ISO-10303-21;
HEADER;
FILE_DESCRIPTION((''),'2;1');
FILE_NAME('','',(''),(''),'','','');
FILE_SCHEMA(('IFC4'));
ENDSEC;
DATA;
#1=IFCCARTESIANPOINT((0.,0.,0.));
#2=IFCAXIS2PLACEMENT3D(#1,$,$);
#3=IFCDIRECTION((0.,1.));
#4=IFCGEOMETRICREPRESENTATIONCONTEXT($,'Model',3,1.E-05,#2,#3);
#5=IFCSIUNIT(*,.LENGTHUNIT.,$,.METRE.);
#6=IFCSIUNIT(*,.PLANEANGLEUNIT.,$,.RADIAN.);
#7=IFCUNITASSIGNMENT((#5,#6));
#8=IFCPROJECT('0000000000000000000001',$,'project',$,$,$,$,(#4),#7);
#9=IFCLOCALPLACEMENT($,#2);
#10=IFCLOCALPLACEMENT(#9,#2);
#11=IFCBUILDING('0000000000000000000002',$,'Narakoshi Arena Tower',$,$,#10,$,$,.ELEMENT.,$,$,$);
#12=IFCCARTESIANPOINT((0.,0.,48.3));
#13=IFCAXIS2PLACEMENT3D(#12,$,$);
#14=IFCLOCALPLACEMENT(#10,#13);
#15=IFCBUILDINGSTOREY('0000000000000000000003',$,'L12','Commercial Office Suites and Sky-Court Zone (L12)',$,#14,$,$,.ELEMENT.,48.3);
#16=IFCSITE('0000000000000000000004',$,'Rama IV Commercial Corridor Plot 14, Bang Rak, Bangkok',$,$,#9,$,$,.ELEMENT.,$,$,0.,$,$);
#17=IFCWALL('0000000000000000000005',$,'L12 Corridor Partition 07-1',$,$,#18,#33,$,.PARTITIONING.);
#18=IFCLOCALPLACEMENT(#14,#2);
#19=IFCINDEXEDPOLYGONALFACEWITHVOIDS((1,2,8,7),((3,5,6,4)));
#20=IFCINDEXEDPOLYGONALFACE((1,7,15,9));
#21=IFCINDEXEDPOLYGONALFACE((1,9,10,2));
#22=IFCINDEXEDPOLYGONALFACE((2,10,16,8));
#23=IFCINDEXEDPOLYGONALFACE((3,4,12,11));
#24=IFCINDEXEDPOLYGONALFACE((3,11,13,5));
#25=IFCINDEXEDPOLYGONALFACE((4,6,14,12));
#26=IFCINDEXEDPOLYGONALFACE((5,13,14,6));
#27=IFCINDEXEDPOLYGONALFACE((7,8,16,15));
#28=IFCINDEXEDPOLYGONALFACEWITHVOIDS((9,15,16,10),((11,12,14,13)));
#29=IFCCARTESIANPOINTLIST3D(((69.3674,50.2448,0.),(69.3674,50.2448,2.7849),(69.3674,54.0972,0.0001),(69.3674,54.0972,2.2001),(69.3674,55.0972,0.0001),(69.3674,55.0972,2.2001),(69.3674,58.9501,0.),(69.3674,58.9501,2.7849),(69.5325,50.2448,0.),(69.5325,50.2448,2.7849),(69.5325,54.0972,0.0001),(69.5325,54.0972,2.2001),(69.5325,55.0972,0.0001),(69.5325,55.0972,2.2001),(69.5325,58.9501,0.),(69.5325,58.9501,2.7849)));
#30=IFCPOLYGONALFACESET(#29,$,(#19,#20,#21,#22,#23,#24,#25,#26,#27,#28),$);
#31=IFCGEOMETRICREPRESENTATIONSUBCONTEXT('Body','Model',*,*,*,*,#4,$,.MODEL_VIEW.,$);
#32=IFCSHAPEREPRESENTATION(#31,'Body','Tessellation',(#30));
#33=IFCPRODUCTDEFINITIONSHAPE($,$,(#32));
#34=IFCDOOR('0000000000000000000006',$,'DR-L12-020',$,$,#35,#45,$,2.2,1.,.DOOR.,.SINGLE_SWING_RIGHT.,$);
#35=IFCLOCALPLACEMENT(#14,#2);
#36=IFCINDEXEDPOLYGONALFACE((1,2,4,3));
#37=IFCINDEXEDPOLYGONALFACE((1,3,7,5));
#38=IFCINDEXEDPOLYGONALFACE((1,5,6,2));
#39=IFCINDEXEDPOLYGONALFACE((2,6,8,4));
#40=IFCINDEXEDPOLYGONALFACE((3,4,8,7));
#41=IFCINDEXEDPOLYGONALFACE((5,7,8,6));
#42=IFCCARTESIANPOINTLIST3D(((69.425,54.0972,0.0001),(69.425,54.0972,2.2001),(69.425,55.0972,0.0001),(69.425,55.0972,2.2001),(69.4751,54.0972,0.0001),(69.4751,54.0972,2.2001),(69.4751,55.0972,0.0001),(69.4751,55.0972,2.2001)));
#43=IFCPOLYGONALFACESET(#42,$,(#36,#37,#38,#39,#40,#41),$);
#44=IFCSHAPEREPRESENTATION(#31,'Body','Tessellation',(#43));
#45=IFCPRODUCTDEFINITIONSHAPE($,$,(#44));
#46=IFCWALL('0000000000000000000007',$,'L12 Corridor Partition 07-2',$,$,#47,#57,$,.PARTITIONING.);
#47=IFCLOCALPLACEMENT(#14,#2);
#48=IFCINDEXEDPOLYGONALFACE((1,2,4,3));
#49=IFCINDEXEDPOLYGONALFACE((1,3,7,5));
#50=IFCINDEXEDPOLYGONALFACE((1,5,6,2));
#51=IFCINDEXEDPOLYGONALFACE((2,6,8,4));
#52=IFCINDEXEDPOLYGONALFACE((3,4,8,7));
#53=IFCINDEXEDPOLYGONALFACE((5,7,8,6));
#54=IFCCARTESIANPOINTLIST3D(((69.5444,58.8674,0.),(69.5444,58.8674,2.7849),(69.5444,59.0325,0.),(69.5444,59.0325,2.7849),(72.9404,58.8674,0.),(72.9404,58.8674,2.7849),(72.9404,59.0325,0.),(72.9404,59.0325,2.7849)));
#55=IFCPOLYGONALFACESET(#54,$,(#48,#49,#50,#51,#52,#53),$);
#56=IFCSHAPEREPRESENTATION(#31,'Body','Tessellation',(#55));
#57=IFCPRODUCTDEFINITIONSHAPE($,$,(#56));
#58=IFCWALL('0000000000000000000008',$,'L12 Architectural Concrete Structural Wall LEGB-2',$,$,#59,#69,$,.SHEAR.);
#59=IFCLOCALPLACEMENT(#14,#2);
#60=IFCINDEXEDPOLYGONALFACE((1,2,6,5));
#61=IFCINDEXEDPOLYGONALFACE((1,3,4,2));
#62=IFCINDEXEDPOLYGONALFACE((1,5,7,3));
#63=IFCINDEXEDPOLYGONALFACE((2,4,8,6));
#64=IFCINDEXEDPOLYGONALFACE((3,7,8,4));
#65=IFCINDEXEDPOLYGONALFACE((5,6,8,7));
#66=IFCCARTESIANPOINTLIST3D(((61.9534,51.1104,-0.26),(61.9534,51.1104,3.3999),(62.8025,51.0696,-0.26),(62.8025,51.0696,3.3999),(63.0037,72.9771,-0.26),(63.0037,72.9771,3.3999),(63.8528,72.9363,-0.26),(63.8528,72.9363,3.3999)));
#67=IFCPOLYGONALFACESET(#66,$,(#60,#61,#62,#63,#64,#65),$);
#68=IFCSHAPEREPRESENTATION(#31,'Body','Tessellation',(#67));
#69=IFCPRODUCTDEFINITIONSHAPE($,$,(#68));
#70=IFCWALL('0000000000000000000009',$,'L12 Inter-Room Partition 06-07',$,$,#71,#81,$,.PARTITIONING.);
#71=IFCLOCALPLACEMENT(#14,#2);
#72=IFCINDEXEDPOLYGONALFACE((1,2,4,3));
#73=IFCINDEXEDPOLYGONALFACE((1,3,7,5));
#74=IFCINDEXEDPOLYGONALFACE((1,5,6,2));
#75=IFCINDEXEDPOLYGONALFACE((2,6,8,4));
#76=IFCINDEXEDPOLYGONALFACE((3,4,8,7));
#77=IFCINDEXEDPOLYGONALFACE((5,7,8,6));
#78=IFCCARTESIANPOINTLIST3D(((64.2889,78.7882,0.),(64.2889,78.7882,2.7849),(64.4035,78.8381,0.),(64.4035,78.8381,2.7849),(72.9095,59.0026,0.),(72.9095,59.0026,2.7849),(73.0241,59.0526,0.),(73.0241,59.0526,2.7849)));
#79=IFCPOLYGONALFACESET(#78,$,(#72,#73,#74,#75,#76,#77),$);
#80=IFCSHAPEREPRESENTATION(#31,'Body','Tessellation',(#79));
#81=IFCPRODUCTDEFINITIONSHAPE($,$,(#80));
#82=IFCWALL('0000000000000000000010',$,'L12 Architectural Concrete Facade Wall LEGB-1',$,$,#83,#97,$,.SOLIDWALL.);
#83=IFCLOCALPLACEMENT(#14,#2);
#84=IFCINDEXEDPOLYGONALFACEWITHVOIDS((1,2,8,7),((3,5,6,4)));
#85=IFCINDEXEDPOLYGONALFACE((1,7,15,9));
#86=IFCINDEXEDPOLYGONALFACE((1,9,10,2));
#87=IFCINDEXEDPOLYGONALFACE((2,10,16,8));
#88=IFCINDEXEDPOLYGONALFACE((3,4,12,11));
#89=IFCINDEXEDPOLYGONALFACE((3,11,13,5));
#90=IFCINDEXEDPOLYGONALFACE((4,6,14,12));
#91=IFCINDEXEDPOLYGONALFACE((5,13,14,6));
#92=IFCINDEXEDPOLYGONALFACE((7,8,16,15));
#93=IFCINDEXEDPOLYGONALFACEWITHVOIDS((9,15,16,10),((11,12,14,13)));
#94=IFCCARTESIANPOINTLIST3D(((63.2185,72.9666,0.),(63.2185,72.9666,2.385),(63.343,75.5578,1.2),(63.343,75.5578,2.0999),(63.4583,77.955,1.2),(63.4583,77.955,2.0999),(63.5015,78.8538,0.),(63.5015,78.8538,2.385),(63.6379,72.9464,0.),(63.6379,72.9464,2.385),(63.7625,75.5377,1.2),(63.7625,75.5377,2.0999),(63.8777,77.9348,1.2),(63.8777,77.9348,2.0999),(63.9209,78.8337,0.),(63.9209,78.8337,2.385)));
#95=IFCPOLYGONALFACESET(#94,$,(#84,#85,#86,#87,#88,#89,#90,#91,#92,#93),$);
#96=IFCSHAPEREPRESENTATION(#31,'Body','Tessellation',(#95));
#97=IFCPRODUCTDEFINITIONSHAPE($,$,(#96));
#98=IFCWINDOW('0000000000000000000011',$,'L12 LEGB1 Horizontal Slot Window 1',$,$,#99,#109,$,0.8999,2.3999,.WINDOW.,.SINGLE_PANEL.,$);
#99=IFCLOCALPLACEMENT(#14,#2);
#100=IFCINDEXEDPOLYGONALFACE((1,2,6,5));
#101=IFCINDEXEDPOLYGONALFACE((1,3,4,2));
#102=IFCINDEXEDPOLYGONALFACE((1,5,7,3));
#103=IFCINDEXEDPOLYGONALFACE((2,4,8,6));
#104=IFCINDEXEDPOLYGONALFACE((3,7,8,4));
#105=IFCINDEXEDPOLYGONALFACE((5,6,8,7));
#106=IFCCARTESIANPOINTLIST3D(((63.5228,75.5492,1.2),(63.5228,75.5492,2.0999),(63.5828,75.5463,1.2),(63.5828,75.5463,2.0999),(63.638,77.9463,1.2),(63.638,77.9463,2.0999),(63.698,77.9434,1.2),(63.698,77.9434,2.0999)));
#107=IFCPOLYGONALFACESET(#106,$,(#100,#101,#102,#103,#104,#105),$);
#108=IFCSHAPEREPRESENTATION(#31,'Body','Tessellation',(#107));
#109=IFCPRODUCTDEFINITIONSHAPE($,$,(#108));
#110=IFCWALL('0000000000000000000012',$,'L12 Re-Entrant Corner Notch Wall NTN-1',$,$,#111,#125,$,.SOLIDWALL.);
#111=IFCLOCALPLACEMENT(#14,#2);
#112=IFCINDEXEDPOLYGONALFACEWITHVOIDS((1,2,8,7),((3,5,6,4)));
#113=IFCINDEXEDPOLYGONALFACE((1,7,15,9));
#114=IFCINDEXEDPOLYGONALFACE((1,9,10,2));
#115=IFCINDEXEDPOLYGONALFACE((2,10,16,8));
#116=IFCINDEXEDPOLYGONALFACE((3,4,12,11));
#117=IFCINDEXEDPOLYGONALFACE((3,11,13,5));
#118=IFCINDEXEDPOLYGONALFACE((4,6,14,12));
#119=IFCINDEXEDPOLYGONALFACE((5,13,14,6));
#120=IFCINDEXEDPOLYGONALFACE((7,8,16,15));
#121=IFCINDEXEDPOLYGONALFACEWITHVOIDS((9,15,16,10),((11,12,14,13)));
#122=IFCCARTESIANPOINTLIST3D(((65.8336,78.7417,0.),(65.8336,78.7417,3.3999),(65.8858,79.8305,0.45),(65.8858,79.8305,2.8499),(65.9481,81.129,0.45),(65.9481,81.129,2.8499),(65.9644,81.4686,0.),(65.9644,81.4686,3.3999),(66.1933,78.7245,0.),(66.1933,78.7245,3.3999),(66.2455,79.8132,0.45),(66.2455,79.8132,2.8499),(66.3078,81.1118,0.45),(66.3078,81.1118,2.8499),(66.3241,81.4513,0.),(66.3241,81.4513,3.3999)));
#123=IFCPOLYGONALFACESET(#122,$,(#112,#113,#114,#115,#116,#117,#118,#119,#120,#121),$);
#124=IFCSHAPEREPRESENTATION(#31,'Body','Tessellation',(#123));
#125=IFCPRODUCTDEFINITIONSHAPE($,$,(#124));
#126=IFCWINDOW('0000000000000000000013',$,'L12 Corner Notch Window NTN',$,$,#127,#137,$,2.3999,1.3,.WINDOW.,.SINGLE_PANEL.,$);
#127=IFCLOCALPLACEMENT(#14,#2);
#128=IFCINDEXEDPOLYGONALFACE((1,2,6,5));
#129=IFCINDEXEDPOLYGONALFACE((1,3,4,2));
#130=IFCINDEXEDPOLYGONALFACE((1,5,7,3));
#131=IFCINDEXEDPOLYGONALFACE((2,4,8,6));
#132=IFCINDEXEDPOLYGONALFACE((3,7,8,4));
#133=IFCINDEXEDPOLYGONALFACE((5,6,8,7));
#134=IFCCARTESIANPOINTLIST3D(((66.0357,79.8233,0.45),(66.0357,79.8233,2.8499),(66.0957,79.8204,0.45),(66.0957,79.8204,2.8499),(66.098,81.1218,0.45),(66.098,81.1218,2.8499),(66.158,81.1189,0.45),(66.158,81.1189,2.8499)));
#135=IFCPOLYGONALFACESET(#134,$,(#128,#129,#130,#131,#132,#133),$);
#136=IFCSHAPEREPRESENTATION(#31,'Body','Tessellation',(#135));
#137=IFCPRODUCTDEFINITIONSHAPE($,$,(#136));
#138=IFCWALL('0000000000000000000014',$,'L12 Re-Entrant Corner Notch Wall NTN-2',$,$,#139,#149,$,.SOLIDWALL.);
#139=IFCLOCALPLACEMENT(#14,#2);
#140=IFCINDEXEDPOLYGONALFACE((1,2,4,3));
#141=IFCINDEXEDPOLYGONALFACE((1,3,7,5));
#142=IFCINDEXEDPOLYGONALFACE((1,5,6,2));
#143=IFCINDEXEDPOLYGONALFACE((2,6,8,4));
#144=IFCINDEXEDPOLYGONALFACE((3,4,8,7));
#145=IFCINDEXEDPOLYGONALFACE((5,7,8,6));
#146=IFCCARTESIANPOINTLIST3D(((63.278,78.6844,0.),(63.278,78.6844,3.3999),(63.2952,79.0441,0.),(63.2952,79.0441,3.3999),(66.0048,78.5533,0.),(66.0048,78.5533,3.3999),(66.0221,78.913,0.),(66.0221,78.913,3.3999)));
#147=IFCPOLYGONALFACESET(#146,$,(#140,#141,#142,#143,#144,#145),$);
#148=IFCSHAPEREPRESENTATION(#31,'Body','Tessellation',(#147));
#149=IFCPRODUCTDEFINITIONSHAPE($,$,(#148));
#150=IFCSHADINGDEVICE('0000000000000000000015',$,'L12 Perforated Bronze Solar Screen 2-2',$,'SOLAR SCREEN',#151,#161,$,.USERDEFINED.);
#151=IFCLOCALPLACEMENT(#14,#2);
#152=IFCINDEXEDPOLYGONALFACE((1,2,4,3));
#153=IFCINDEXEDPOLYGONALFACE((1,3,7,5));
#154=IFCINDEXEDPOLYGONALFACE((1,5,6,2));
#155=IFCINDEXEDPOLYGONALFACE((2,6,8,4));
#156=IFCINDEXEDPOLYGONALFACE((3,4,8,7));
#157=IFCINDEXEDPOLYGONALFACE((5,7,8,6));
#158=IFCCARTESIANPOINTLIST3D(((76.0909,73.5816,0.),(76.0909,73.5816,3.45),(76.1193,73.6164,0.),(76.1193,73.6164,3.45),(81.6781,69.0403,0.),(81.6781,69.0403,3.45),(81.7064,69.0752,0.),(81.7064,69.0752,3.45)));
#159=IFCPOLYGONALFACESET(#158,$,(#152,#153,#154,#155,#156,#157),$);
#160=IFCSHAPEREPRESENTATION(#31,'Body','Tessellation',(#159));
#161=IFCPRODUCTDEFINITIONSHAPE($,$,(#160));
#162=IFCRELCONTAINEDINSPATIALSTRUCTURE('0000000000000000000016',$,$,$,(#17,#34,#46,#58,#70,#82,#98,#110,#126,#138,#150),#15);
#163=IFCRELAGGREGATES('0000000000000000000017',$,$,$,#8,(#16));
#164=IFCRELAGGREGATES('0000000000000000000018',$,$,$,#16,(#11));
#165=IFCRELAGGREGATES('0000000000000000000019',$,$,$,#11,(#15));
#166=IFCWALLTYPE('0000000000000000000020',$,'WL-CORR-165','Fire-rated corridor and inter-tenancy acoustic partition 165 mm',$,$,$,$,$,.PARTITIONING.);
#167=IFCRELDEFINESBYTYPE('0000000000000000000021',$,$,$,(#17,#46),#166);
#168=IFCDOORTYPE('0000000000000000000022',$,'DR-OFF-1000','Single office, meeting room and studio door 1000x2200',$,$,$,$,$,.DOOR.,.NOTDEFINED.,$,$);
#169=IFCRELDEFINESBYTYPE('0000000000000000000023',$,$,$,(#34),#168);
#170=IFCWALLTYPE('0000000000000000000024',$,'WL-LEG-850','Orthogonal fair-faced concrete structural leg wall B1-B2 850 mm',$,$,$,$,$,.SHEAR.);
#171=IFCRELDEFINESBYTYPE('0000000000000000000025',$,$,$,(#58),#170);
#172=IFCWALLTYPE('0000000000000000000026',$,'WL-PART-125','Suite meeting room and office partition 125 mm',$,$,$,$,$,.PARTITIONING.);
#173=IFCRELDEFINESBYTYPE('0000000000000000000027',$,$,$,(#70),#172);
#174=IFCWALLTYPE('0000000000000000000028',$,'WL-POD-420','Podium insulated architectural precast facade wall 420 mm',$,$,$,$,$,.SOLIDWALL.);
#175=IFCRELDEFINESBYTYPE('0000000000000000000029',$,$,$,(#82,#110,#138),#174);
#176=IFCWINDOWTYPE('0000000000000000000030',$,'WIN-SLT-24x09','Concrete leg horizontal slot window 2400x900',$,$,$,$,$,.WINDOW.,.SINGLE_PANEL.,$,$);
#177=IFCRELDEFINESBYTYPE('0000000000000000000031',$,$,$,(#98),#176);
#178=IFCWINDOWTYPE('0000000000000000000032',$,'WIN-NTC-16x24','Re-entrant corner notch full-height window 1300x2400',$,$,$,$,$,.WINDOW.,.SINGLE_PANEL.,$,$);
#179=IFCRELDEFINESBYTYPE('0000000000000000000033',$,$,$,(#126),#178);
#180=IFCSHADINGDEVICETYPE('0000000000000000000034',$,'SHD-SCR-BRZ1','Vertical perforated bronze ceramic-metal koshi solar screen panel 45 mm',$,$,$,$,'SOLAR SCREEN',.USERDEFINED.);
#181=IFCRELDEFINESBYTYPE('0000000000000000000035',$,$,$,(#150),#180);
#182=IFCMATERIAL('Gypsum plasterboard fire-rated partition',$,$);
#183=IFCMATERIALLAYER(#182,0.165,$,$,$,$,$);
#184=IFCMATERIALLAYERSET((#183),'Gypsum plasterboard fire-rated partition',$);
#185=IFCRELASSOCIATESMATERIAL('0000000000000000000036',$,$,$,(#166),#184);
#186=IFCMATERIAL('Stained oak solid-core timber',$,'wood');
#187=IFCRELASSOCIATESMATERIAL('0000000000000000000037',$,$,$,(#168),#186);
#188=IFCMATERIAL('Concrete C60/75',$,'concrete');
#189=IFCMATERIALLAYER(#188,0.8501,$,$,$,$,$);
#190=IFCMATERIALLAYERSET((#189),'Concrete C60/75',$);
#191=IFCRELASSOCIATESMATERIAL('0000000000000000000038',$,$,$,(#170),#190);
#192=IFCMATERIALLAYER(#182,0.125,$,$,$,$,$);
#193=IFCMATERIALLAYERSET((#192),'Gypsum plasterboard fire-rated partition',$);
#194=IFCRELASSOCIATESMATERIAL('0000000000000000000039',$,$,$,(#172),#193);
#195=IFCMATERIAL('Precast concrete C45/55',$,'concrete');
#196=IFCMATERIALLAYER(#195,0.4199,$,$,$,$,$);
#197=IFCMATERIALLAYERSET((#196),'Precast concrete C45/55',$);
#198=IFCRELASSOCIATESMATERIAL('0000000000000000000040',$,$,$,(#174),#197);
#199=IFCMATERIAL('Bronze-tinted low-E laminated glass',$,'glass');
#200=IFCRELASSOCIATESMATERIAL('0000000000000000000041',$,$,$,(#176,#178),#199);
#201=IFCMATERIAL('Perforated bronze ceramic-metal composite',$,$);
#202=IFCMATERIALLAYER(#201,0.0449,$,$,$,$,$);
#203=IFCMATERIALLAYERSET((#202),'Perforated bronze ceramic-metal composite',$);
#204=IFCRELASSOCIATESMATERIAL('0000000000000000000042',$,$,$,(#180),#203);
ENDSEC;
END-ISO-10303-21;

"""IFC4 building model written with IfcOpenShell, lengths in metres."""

from ifc_helpers import new_model, si_unit, direction, frame, frame_2d, origin, origin_2d, place, context, subcontext, project, spatial, rectangle, extrude, material, layer, layer_set, type_object, element, fill, save


model = new_model("IFC4")

# Units and contexts
model_context = context("Model", 3, precision=1e-05, world=origin(), true_north=direction((0.0, 1.0)))
body_context = subcontext(model_context, "Body", "Model", "MODEL_VIEW")
ifc_project = project(units=[si_unit("LENGTHUNIT", "METRE"), si_unit("PLANEANGLEUNIT", "RADIAN")], contexts=[model_context])

# Site, building, storey
site_placement = place(None, origin())
site = spatial("IfcSite", under=ifc_project, at=site_placement, Name="Rama IV Commercial Corridor Plot 14, Bang Rak, Bangkok", CompositionType="ELEMENT", RefElevation=0.0)
building_placement = place(site_placement, origin())
building = spatial("IfcBuilding", under=site, at=building_placement, Name="Narakoshi Arena Tower", CompositionType="ELEMENT")
storey_placement = place(building_placement, frame((0.0, 0.0, 48.3)))
storey = spatial("IfcBuildingStorey", under=building, at=storey_placement, Name="L12", Description="Commercial Office Suites and Sky-Court Zone (L12)", CompositionType="ELEMENT", Elevation=48.3)

# Shared definitions
ifc_material_1 = material(Name="Concrete C60/75", Category="concrete")

# Shared definitions
ifc_material_2 = material(Name="Bronze-tinted low-E laminated glass", Category="glass")

# Wall, opening, door
ifc_material_3 = material(Name="Gypsum plasterboard fire-rated partition")
ifc_layer_1 = layer(ifc_material_3, 0.165)
ifc_layer_set_1 = layer_set([ifc_layer_1], Name="Gypsum plasterboard fire-rated partition")
wall_type_1 = type_object("IfcWallType", Name="WL-CORR-165", Description="Fire-rated corridor and inter-tenancy acoustic partition 165 mm", PredefinedType="PARTITIONING", material=ifc_layer_set_1)
wall_1_placement = place(storey_placement, frame((69.45, 58.95, 0.0), z_axis=(0.0, 0.0, 1.0), x_axis=(0.0, -1.0, 0.0)))
wall_1 = element("IfcWall", 1, at=wall_1_placement, inside=storey, type_object=wall_type_1, Name="L12 Corridor Partition 07-1", PredefinedType="PARTITIONING", context=body_context, shape_type="SweptSolid", body=[
    extrude(rectangle(XDim=8.7053, YDim=0.165, at=frame_2d((4.3525, 0.0))), origin(), (0.0, 0.0, 1.0), 2.7849),
])
opening_1_placement = place(wall_1_placement, frame((3.8528, 0.0, 0.0)))
opening_1 = element("IfcOpeningElement", 2, at=opening_1_placement, cuts=wall_1, PredefinedType="OPENING", context=body_context, shape_type="SweptSolid", body=[
    extrude(rectangle(XDim=1.0, YDim=2.2, at=frame_2d((0.5, 1.1001))), frame((0.0, 0.0925, 0.0), z_axis=(0.0, -1.0, 0.0), x_axis=(1.0, 0.0, 0.0)), (0.0, 0.0, 1.0), 0.1851),
])
ifc_material_4 = material(Name="Stained oak solid-core timber", Category="wood")
door_type = type_object("IfcDoorType", Name="DR-OFF-1000", Description="Single office, meeting room and studio door 1000x2200", OperationType="NOTDEFINED", PredefinedType="DOOR", material=ifc_material_4)
door_placement = place(opening_1_placement, frame((1.0, 0.0, 0.0), z_axis=(0.0, 0.0, 1.0), x_axis=(-1.0, 0.0, 0.0)))
door = element("IfcDoor", 3, at=door_placement, inside=storey, type_object=door_type, Name="DR-L12-020", OperationType="SINGLE_SWING_RIGHT", OverallHeight=2.2, OverallWidth=1.0, PredefinedType="DOOR", context=body_context, shape_type="SweptSolid", body=[
    extrude(rectangle(XDim=1.0, YDim=2.2, at=frame_2d((0.5, 1.1001))), frame((0.0, 0.0249, 0.0), z_axis=(0.0, -1.0, 0.0), x_axis=(1.0, 0.0, 0.0)), (0.0, 0.0, 1.0), 0.05),
])
fill(opening_1, door)

# Walls
wall_2_placement = place(storey_placement, frame((72.9404, 58.95, 0.0), z_axis=(0.0, 0.0, 1.0), x_axis=(-1.0, 0.0, 0.0)))
element("IfcWall", 4, at=wall_2_placement, inside=storey, type_object=wall_type_1, Name="L12 Corridor Partition 07-2", PredefinedType="PARTITIONING", context=body_context, shape_type="SweptSolid", body=[
    extrude(rectangle(XDim=3.396, YDim=0.165, at=frame_2d((1.698, 0.0))), origin(), (0.0, 0.0, 1.0), 2.7849),
])
ifc_layer_2 = layer(ifc_material_1, 0.8501)
ifc_layer_set_2 = layer_set([ifc_layer_2], Name="Concrete C60/75")
wall_type_2 = type_object("IfcWallType", Name="WL-LEG-850", Description="Orthogonal fair-faced concrete structural leg wall B1-B2 850 mm", PredefinedType="SHEAR", material=ifc_layer_set_2)
wall_3_placement = place(storey_placement, frame((63.4282, 72.9565, -0.26), z_axis=(0.0, 0.0, 1.0), x_axis=(-0.047976, -0.998848, 0.0)))
element("IfcWall", 5, at=wall_3_placement, inside=storey, type_object=wall_type_2, Name="L12 Architectural Concrete Structural Wall LEGB-2", PredefinedType="SHEAR", context=body_context, shape_type="SweptSolid", body=[
    extrude(rectangle(XDim=21.8918, YDim=0.8501, at=frame_2d((10.9458, 0.0))), origin(), (0.0, 0.0, 1.0), 3.6599),
])
ifc_layer_3 = layer(ifc_material_3, 0.125)
ifc_layer_set_3 = layer_set([ifc_layer_3], Name="Gypsum plasterboard fire-rated partition")
wall_type_3 = type_object("IfcWallType", Name="WL-PART-125", Description="Suite meeting room and office partition 125 mm", PredefinedType="PARTITIONING", material=ifc_layer_set_3)
wall_4_placement = place(storey_placement, frame((72.9668, 59.0276, 0.0), z_axis=(0.0, 0.0, 1.0), x_axis=(-0.399433, 0.916762, 0.0)))
element("IfcWall", 6, at=wall_4_placement, inside=storey, type_object=wall_type_3, Name="L12 Inter-Room Partition 06-07", PredefinedType="PARTITIONING", context=body_context, shape_type="SweptSolid", body=[
    extrude(rectangle(XDim=21.582, YDim=0.125, at=frame_2d((10.791, 0.0))), origin(), (0.0, 0.0, 1.0), 2.7849),
])

# Walls, openings, windows
ifc_material_5 = material(Name="Precast concrete C45/55", Category="concrete")
ifc_layer_4 = layer(ifc_material_5, 0.4199)
ifc_layer_set_4 = layer_set([ifc_layer_4], Name="Precast concrete C45/55")
wall_type_4 = type_object("IfcWallType", Name="WL-POD-420", Description="Podium insulated architectural precast facade wall 420 mm", PredefinedType="SOLIDWALL", material=ifc_layer_set_4)
wall_5_placement = place(storey_placement, frame((63.7112, 78.8438, 0.0), z_axis=(0.0, 0.0, 1.0), x_axis=(-0.048008, -0.998847, 0.0)))
wall_5 = element("IfcWall", 7, at=wall_5_placement, inside=storey, type_object=wall_type_4, Name="L12 Architectural Concrete Facade Wall LEGB-1", PredefinedType="SOLIDWALL", context=body_context, shape_type="SweptSolid", body=[
    extrude(rectangle(XDim=5.894, YDim=0.4199, at=frame_2d((2.947, 0.0))), origin(), (0.0, 0.0, 1.0), 2.385),
])
opening_2_placement = place(wall_5_placement, frame((0.8999, 0.0, 1.2)))
opening_2 = element("IfcOpeningElement", 8, at=opening_2_placement, cuts=wall_5, PredefinedType="OPENING", context=body_context, shape_type="SweptSolid", body=[
    extrude(rectangle(XDim=2.3999, YDim=0.8999, at=frame_2d((1.2, 0.45))), frame((0.0, 0.22, 0.0), z_axis=(0.0, -1.0, 0.0), x_axis=(1.0, 0.0, 0.0)), (0.0, 0.0, 1.0), 0.4399),
])
window_type_1 = type_object("IfcWindowType", Name="WIN-SLT-24x09", Description="Concrete leg horizontal slot window 2400x900", PartitioningType="SINGLE_PANEL", PredefinedType="WINDOW", material=ifc_material_2)
window_1_placement = place(opening_2_placement, origin())
window_1 = element("IfcWindow", 9, at=window_1_placement, inside=storey, type_object=window_type_1, Name="L12 LEGB1 Horizontal Slot Window 1", OverallHeight=0.8999, OverallWidth=2.3999, PartitioningType="SINGLE_PANEL", PredefinedType="WINDOW", context=body_context, shape_type="SweptSolid", body=[
    extrude(rectangle(XDim=2.3999, YDim=0.8999, at=frame_2d((1.2, 0.45))), frame((0.0, 0.03, 0.0), z_axis=(0.0, -1.0, 0.0), x_axis=(1.0, 0.0, 0.0)), (0.0, 0.0, 1.0), 0.0601),
])
fill(opening_2, window_1)
wall_6_placement = place(storey_placement, frame((66.1443, 81.46, 0.0), z_axis=(0.0, 0.0, 1.0), x_axis=(-0.047935, -0.99885, 0.0)))
wall_6 = element("IfcWall", 10, at=wall_6_placement, inside=storey, type_object=wall_type_4, Name="L12 Re-Entrant Corner Notch Wall NTN-1", PredefinedType="SOLIDWALL", context=body_context, shape_type="SweptSolid", body=[
    extrude(rectangle(XDim=2.73, YDim=0.3601, at=frame_2d((1.365, 0.0))), origin(), (0.0, 0.0, 1.0), 3.3999),
])
opening_3_placement = place(wall_6_placement, frame((0.3401, 0.0, 0.45)))
opening_3 = element("IfcOpeningElement", 11, at=opening_3_placement, cuts=wall_6, PredefinedType="OPENING", context=body_context, shape_type="SweptSolid", body=[
    extrude(rectangle(XDim=1.3, YDim=2.3999, at=frame_2d((0.6499, 1.2))), frame((0.0, 0.1899, 0.0), z_axis=(0.0, -1.0, 0.0), x_axis=(1.0, 0.0, 0.0)), (0.0, 0.0, 1.0), 0.3801),
])
window_type_2 = type_object("IfcWindowType", Name="WIN-NTC-16x24", Description="Re-entrant corner notch full-height window 1300x2400", PartitioningType="SINGLE_PANEL", PredefinedType="WINDOW", material=ifc_material_2)
window_2_placement = place(opening_3_placement, origin())
window_2 = element("IfcWindow", 12, at=window_2_placement, inside=storey, type_object=window_type_2, Name="L12 Corner Notch Window NTN", OverallHeight=2.3999, OverallWidth=1.3, PartitioningType="SINGLE_PANEL", PredefinedType="WINDOW", context=body_context, shape_type="SweptSolid", body=[
    extrude(rectangle(XDim=1.3, YDim=2.3999, at=frame_2d((0.6499, 1.2))), frame((0.0, 0.03, 0.0), z_axis=(0.0, -1.0, 0.0), x_axis=(1.0, 0.0, 0.0)), (0.0, 0.0, 1.0), 0.0601),
])
fill(opening_3, window_2)

# Wall
wall_7_placement = place(storey_placement, frame((66.0134, 78.7332, 0.0), z_axis=(0.0, 0.0, 1.0), x_axis=(-0.998846, 0.048024, 0.0)))
element("IfcWall", 13, at=wall_7_placement, inside=storey, type_object=wall_type_4, Name="L12 Re-Entrant Corner Notch Wall NTN-2", PredefinedType="SOLIDWALL", context=body_context, shape_type="SweptSolid", body=[
    extrude(rectangle(XDim=2.73, YDim=0.3601, at=frame_2d((1.365, 0.0))), origin(), (0.0, 0.0, 1.0), 3.3999),
])

# Shading device
ifc_material_6 = material(Name="Perforated bronze ceramic-metal composite")
ifc_layer_5 = layer(ifc_material_6, 0.0449)
ifc_layer_set_5 = layer_set([ifc_layer_5], Name="Perforated bronze ceramic-metal composite")
shading_device_type = type_object("IfcShadingDeviceType", Name="SHD-SCR-BRZ1", Description="Vertical perforated bronze ceramic-metal koshi solar screen panel 45 mm", ElementType="SOLAR SCREEN", PredefinedType="USERDEFINED", material=ifc_layer_set_5)
shading_device_placement = place(storey_placement, frame((78.8987, 71.3284, 0.0), z_axis=(0.0, 0.0, 1.0), x_axis=(-0.776002, 0.63073, 0.0)))
element("IfcShadingDevice", 14, at=shading_device_placement, inside=storey, type_object=shading_device_type, Name="L12 Perforated Bronze Solar Screen 2-2", ObjectType="SOLAR SCREEN", PredefinedType="USERDEFINED", context=body_context, shape_type="SweptSolid", body=[
    extrude(rectangle(XDim=7.2, YDim=0.0449, at=origin_2d()), origin(), (0.0, 0.0, 1.0), 3.45),
])

save(model, "model.ifc")
